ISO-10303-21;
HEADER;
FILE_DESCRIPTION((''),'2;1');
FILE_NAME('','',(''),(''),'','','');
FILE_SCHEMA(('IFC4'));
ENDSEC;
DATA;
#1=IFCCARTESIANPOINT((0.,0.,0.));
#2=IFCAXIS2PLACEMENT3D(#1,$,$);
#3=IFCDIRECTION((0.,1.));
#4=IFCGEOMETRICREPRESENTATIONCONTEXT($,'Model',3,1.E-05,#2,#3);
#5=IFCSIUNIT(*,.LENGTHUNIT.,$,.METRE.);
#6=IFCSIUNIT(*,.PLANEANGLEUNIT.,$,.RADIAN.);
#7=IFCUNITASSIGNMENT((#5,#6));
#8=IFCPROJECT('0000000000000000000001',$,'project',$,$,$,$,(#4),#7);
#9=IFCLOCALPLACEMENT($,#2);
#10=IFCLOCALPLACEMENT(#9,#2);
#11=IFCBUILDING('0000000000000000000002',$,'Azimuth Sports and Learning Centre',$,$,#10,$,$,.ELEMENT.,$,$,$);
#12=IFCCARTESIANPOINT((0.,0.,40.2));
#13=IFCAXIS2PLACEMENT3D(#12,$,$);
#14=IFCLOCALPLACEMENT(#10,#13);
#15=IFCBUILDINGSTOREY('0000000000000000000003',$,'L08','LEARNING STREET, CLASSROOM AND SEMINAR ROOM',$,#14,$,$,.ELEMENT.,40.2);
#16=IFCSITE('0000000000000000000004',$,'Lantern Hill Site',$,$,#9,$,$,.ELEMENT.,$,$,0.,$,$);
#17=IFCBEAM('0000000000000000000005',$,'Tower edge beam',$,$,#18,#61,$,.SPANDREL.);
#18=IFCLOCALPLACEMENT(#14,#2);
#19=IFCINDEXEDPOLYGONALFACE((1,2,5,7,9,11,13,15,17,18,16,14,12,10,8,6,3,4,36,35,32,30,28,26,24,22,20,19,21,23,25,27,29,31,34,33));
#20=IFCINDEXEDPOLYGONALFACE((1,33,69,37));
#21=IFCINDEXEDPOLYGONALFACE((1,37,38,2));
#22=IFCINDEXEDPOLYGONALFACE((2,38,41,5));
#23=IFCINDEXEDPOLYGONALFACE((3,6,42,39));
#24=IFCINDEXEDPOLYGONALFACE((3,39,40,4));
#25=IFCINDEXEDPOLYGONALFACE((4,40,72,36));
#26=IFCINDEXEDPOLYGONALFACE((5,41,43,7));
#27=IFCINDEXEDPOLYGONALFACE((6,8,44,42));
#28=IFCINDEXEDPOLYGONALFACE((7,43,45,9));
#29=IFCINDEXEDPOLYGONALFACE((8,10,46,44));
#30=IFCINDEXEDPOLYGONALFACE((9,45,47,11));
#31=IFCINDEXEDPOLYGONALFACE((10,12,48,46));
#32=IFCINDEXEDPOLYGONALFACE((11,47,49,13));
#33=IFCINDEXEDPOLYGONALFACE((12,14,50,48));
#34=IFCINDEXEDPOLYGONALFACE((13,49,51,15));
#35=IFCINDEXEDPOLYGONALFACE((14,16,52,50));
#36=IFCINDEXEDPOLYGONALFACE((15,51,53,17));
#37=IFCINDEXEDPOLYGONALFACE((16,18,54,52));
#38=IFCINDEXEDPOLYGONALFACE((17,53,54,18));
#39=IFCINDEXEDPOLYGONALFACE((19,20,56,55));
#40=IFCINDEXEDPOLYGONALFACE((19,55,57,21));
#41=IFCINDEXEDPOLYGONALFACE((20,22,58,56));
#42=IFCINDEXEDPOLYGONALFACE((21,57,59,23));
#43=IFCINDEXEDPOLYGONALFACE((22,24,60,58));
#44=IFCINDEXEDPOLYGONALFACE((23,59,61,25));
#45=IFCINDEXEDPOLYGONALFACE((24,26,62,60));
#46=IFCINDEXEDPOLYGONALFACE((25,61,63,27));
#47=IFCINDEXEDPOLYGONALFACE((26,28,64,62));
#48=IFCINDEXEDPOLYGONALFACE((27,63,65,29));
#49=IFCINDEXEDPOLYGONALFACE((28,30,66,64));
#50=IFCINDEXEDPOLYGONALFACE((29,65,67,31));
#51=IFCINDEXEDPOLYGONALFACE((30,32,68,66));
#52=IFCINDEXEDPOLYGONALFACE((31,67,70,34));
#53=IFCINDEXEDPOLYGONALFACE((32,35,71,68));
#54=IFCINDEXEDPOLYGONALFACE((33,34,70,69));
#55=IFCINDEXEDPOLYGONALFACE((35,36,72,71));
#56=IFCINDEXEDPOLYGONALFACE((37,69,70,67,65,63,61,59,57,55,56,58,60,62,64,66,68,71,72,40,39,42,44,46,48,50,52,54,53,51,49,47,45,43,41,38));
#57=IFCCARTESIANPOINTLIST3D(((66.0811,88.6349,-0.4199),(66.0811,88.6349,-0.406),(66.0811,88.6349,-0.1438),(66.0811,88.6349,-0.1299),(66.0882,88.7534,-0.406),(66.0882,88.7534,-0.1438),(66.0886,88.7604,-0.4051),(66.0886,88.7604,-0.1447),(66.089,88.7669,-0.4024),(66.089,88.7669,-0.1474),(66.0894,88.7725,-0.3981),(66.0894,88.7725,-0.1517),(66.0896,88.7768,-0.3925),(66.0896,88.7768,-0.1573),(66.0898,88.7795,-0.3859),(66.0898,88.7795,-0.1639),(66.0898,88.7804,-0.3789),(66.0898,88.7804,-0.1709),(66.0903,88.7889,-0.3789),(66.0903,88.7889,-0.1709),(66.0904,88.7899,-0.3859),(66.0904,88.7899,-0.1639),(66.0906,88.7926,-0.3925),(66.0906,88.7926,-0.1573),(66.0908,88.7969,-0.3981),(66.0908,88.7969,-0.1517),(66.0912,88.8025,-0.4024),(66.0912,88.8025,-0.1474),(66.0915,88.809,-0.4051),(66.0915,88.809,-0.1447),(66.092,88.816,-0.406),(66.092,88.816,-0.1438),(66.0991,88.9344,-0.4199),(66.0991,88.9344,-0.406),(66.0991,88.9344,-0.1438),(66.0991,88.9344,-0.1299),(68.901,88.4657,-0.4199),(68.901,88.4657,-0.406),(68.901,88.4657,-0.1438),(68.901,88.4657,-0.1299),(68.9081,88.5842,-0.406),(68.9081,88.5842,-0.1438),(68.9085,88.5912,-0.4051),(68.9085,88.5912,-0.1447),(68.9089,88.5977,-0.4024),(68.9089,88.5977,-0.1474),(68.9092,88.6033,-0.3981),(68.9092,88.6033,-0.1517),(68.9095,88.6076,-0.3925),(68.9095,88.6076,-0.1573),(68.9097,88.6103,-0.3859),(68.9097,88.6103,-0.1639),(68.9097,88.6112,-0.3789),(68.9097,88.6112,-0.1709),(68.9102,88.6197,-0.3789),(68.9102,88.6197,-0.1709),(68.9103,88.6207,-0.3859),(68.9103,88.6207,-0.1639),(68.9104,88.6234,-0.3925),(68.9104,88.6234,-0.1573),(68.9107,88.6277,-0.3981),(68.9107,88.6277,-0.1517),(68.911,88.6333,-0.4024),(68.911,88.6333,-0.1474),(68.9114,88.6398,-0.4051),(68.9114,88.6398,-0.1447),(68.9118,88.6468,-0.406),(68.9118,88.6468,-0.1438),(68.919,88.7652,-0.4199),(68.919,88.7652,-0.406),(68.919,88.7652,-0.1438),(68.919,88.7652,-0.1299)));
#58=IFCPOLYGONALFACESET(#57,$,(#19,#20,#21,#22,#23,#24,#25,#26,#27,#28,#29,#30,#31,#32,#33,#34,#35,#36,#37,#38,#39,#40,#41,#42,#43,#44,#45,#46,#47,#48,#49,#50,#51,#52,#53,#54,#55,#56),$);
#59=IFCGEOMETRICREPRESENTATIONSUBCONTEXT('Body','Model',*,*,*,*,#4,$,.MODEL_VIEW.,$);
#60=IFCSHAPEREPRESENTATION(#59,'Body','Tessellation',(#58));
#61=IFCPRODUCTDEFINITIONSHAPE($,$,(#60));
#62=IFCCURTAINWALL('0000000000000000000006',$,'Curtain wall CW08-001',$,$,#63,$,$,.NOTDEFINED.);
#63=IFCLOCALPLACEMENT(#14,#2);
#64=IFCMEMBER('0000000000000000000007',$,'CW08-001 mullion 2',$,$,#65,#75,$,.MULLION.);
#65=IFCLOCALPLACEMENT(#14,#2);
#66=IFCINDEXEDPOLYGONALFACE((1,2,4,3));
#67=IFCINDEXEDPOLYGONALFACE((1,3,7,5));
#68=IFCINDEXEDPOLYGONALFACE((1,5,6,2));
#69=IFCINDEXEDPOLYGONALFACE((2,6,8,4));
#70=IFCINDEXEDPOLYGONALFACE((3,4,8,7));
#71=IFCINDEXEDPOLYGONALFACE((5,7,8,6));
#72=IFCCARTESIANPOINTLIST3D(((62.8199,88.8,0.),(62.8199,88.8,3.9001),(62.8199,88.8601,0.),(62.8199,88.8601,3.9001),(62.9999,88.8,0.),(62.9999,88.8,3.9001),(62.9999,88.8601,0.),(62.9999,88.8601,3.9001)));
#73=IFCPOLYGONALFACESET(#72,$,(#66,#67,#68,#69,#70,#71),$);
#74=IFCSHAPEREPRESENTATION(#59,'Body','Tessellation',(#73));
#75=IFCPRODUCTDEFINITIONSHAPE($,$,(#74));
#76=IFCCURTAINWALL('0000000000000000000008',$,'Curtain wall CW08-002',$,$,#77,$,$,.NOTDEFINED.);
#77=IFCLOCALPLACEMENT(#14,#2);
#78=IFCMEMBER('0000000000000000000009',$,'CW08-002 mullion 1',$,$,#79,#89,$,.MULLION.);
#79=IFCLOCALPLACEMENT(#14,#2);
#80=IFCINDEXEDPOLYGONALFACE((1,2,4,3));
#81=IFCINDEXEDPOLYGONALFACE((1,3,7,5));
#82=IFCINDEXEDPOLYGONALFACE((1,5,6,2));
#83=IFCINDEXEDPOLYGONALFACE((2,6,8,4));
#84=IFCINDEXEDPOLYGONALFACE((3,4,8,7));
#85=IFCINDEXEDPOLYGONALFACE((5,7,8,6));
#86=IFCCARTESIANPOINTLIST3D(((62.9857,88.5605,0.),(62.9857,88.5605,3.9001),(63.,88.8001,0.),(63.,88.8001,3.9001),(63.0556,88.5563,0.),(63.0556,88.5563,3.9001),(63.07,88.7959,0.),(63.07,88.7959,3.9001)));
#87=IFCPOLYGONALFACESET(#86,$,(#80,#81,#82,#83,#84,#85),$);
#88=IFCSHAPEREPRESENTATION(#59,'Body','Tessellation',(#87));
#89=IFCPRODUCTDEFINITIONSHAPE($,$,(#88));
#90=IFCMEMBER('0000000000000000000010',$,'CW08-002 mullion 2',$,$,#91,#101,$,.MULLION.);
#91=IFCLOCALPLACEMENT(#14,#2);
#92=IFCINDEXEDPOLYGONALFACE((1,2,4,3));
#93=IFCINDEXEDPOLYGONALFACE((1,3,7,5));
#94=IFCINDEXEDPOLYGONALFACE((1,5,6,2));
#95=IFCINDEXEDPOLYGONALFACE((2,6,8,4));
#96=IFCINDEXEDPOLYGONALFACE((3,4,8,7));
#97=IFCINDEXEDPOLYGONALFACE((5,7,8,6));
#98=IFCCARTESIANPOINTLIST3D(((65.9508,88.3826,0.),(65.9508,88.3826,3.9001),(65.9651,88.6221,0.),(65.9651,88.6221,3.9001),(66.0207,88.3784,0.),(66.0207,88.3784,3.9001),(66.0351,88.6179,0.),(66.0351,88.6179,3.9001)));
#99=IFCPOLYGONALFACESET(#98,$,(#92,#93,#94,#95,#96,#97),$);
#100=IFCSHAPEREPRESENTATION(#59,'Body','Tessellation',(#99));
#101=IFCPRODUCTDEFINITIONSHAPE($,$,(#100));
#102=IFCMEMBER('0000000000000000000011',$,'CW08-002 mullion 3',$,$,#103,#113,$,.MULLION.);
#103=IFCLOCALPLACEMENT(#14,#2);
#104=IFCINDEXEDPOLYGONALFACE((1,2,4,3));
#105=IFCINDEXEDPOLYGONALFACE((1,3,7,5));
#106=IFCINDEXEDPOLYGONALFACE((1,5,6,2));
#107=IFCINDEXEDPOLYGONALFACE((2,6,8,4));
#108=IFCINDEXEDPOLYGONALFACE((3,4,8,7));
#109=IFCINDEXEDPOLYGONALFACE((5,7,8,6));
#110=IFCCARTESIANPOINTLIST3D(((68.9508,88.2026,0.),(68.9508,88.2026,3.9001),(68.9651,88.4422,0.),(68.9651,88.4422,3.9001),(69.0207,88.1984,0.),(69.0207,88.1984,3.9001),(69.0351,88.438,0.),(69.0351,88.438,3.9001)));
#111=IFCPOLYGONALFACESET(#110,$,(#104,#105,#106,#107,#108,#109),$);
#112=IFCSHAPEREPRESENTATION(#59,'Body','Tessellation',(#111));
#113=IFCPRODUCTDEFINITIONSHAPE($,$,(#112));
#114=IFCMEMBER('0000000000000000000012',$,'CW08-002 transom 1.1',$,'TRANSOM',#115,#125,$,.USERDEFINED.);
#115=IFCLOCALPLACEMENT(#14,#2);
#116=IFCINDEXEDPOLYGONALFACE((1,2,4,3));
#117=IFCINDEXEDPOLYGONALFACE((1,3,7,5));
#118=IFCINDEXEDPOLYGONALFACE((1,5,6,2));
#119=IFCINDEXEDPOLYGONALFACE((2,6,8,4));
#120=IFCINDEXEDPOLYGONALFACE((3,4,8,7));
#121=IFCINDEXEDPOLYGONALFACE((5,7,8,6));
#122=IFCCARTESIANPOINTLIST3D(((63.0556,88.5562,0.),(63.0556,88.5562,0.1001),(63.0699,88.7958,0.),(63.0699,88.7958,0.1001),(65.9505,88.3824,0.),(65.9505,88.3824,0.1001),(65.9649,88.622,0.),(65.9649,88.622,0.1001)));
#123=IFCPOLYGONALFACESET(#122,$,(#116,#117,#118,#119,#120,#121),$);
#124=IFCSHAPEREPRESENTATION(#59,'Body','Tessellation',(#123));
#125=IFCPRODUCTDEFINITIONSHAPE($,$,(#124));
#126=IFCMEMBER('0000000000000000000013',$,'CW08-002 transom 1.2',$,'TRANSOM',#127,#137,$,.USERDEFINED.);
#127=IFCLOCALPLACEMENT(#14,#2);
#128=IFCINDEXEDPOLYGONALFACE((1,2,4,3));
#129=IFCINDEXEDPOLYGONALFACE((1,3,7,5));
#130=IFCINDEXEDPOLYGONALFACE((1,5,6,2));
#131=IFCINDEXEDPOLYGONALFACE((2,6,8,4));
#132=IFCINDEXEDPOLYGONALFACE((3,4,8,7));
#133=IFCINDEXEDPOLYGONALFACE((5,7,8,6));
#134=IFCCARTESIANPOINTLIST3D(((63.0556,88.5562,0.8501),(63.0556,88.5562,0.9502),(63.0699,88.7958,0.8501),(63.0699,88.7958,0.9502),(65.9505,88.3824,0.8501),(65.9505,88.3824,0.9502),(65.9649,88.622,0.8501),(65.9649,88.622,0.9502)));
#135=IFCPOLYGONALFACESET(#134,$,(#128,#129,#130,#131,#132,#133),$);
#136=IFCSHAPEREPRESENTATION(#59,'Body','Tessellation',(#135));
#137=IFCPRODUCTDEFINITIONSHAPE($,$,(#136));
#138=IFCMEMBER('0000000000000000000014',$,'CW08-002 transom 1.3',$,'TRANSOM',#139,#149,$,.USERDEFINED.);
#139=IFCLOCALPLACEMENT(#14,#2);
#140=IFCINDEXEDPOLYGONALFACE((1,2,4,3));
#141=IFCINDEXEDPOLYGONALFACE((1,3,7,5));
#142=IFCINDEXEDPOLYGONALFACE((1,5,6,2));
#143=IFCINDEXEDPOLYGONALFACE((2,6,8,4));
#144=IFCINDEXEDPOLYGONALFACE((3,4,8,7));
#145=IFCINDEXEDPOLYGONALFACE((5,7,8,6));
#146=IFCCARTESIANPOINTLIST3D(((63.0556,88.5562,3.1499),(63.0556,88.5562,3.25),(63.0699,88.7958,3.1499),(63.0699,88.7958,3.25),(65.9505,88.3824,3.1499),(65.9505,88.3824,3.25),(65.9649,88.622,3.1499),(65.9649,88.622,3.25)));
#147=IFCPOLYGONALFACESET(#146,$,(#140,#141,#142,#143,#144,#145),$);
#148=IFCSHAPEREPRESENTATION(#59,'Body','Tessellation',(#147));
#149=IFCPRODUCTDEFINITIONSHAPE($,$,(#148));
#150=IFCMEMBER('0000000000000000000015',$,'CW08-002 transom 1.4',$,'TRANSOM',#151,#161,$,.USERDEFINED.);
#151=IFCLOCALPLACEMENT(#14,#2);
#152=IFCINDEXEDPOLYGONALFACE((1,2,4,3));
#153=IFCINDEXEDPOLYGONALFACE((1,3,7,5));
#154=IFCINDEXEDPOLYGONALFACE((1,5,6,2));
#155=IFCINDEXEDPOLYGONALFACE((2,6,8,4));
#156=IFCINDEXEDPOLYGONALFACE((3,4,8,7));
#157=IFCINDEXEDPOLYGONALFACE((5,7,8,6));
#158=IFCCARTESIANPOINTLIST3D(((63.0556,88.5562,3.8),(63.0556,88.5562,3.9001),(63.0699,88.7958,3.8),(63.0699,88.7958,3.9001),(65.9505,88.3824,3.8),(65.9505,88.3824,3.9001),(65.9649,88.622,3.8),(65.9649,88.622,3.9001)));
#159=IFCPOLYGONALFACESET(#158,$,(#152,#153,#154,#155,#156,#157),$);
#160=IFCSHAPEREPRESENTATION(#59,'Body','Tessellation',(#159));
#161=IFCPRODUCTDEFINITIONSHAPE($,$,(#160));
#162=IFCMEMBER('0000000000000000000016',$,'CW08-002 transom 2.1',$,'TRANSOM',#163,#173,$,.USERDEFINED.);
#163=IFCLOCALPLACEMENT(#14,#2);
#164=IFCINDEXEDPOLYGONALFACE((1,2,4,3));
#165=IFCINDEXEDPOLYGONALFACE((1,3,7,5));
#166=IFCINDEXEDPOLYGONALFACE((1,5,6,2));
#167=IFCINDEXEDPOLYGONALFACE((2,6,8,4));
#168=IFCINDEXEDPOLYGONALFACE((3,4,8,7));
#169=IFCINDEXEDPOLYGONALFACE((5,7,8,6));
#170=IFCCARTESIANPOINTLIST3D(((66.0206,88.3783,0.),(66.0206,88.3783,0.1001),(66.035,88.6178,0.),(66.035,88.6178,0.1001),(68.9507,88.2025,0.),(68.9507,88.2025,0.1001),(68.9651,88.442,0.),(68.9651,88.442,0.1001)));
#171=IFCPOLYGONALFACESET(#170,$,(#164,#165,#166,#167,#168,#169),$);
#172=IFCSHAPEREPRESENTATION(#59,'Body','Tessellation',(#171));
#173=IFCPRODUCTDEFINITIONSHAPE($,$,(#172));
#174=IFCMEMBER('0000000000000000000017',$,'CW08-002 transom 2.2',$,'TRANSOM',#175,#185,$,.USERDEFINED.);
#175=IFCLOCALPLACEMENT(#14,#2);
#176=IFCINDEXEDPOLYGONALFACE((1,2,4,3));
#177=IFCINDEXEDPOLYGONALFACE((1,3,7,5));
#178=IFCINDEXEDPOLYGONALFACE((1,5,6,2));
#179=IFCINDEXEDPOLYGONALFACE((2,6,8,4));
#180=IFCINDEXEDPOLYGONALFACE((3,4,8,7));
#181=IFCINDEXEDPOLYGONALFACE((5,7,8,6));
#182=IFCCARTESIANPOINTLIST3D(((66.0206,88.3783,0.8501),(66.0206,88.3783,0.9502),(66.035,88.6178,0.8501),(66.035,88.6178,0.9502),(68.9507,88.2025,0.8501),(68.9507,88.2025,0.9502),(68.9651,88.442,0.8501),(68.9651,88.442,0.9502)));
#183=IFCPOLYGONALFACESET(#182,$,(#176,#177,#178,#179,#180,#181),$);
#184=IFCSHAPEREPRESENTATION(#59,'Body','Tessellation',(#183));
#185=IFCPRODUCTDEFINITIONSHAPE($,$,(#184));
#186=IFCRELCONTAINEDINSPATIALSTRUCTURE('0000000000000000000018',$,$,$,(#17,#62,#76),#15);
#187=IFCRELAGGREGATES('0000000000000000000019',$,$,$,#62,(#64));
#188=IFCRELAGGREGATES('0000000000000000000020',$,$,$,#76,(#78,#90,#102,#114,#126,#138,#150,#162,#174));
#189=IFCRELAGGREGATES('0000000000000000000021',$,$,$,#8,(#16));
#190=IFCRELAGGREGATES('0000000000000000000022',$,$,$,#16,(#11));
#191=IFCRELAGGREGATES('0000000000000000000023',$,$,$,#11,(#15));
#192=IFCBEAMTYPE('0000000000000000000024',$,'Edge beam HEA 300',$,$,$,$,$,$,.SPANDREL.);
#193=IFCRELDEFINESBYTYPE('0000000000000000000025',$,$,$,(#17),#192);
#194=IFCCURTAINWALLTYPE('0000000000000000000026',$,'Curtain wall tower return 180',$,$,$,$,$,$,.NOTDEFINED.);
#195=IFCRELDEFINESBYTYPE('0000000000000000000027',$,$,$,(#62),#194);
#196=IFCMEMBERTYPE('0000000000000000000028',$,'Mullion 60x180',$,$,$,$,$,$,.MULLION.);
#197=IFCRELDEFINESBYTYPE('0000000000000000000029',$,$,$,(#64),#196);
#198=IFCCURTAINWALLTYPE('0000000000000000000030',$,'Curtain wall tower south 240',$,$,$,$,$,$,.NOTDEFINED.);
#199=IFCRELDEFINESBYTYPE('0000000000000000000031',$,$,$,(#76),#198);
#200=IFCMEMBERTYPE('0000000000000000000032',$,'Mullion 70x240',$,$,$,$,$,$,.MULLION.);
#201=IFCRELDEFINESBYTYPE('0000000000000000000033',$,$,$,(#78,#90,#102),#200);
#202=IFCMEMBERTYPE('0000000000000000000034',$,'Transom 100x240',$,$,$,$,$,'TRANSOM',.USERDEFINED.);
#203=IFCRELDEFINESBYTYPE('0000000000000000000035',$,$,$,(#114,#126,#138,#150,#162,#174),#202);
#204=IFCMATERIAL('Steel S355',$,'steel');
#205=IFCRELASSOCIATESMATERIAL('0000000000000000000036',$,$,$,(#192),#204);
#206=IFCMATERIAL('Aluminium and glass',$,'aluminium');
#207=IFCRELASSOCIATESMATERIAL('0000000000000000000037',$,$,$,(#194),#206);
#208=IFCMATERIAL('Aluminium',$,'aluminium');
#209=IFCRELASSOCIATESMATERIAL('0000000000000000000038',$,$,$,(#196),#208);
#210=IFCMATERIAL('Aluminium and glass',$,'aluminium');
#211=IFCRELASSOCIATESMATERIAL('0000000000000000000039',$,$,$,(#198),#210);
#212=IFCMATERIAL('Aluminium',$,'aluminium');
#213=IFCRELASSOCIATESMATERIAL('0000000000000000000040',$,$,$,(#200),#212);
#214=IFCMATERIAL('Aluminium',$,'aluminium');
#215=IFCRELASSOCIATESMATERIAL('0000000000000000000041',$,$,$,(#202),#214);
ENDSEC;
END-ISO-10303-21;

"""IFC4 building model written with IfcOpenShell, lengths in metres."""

from ifc_helpers import new_model, si_unit, direction, frame, origin, origin_2d, place, context, subcontext, project, spatial, rectangle, i_section, extrude, material, material_profile, profile_set, type_object, element, aggregate, save


model = new_model("IFC4")

# Units and contexts
model_context = context("Model", 3, precision=1e-05, world=origin(), true_north=direction((0.0, 1.0)))
body_context = subcontext(model_context, "Body", "Model", "MODEL_VIEW")
ifc_project = project(units=[si_unit("LENGTHUNIT", "METRE"), si_unit("PLANEANGLEUNIT", "RADIAN")], contexts=[model_context])

# Site, building, storey
site_placement = place(None, origin())
site = spatial("IfcSite", under=ifc_project, at=site_placement, Name="Lantern Hill Site", CompositionType="ELEMENT", RefElevation=0.0)
building_placement = place(site_placement, origin())
building = spatial("IfcBuilding", under=site, at=building_placement, Name="Azimuth Sports and Learning Centre", CompositionType="ELEMENT")
storey_placement = place(building_placement, frame((0.0, 0.0, 40.2)))
storey = spatial("IfcBuildingStorey", under=building, at=storey_placement, Name="L08", Description="LEARNING STREET, CLASSROOM AND SEMINAR ROOM", CompositionType="ELEMENT", Elevation=40.2)

# Beam
ifc_material_1 = material(Name="Steel S355", Category="steel")
ifc_material_profile_1 = material_profile(ifc_material_1, i_section(OverallWidth=0.3, OverallDepth=0.29, WebThickness=0.0085, FlangeThickness=0.0139, FilletRadius=0.0271, at=origin_2d()), Name="HEA 300")
ifc_profile_set_1 = profile_set([ifc_material_profile_1], Name="Steel S355")
beam_type = type_object("IfcBeamType", Name="Edge beam HEA 300", PredefinedType="SPANDREL", material=ifc_profile_set_1)
beam_placement = place(storey_placement, frame((66.0901, 88.7847, -0.2749), z_axis=(0.998205, -0.059892, 0.0), x_axis=(0.059892, 0.998205, 0.0)))
element("IfcBeam", 1, at=beam_placement, inside=storey, type_object=beam_type, Name="Tower edge beam", PredefinedType="SPANDREL", context=body_context, shape_type="SweptSolid", body=[
    extrude(i_section(OverallWidth=0.3, OverallDepth=0.29, WebThickness=0.0085, FlangeThickness=0.0139, FilletRadius=0.0271, at=origin_2d()), origin(), (0.0, 0.0, 1.0), 2.825),
])

# Curtain wall, member
ifc_material_2 = material(Name="Aluminium and glass", Category="aluminium")
curtain_wall_type_1 = type_object("IfcCurtainWallType", Name="Curtain wall tower return 180", PredefinedType="NOTDEFINED", material=ifc_material_2)
curtain_wall_1_placement = place(storey_placement, origin())
curtain_wall_1 = element("IfcCurtainWall", 2, at=curtain_wall_1_placement, inside=storey, type_object=curtain_wall_type_1, Name="Curtain wall CW08-001", PredefinedType="NOTDEFINED")
ifc_material_3 = material(Name="Aluminium", Category="aluminium")
ifc_material_profile_2 = material_profile(ifc_material_3, rectangle(XDim=0.1799, YDim=0.0601, at=origin_2d()), Name="Mullion 60x180")
ifc_profile_set_2 = profile_set([ifc_material_profile_2], Name="Aluminium")
member_type_1 = type_object("IfcMemberType", Name="Mullion 60x180", PredefinedType="MULLION", material=ifc_profile_set_2)
member_1_placement = place(storey_placement, frame((62.9099, 88.8301, 0.0), z_axis=(0.0, 0.0, 1.0), x_axis=(1.0, 0.0, 0.0)))
member_1 = element("IfcMember", 3, at=member_1_placement, type_object=member_type_1, Name="CW08-001 mullion 2", PredefinedType="MULLION", context=body_context, shape_type="SweptSolid", body=[
    extrude(rectangle(XDim=0.1799, YDim=0.0601, at=origin_2d()), origin(), (0.0, 0.0, 1.0), 3.9001),
])
aggregate(curtain_wall_1, [member_1])

# Curtain wall, members
ifc_material_4 = material(Name="Aluminium and glass", Category="aluminium")
curtain_wall_type_2 = type_object("IfcCurtainWallType", Name="Curtain wall tower south 240", PredefinedType="NOTDEFINED", material=ifc_material_4)
curtain_wall_2_placement = place(storey_placement, origin())
curtain_wall_2 = element("IfcCurtainWall", 4, at=curtain_wall_2_placement, inside=storey, type_object=curtain_wall_type_2, Name="Curtain wall CW08-002", PredefinedType="NOTDEFINED")
ifc_material_5 = material(Name="Aluminium", Category="aluminium")
ifc_material_profile_3 = material_profile(ifc_material_5, rectangle(XDim=0.24, YDim=0.0701, at=origin_2d()), Name="Mullion 70x240")
ifc_profile_set_3 = profile_set([ifc_material_profile_3], Name="Aluminium")
member_type_2 = type_object("IfcMemberType", Name="Mullion 70x240", PredefinedType="MULLION", material=ifc_profile_set_3)
member_2_placement = place(storey_placement, frame((63.0278, 88.6782, 0.0), z_axis=(0.0, 0.0, 1.0), x_axis=(0.059892, 0.998205, 0.0)))
member_2 = element("IfcMember", 5, at=member_2_placement, type_object=member_type_2, Name="CW08-002 mullion 1", PredefinedType="MULLION", context=body_context, shape_type="SweptSolid", body=[
    extrude(rectangle(XDim=0.24, YDim=0.0701, at=origin_2d()), origin(), (0.0, 0.0, 1.0), 3.9001),
])
member_3_placement = place(storey_placement, frame((65.9929, 88.5002, 0.0), z_axis=(0.0, 0.0, 1.0), x_axis=(0.059892, 0.998205, 0.0)))
member_3 = element("IfcMember", 6, at=member_3_placement, type_object=member_type_2, Name="CW08-002 mullion 2", PredefinedType="MULLION", context=body_context, shape_type="SweptSolid", body=[
    extrude(rectangle(XDim=0.24, YDim=0.0701, at=origin_2d()), origin(), (0.0, 0.0, 1.0), 3.9001),
])
member_4_placement = place(storey_placement, frame((68.9929, 88.3203, 0.0), z_axis=(0.0, 0.0, 1.0), x_axis=(0.059892, 0.998205, 0.0)))
member_4 = element("IfcMember", 7, at=member_4_placement, type_object=member_type_2, Name="CW08-002 mullion 3", PredefinedType="MULLION", context=body_context, shape_type="SweptSolid", body=[
    extrude(rectangle(XDim=0.24, YDim=0.0701, at=origin_2d()), origin(), (0.0, 0.0, 1.0), 3.9001),
])
ifc_material_6 = material(Name="Aluminium", Category="aluminium")
ifc_material_profile_4 = material_profile(ifc_material_6, rectangle(XDim=0.24, YDim=0.1001, at=origin_2d()), Name="Transom 100x240")
ifc_profile_set_4 = profile_set([ifc_material_profile_4], Name="Aluminium")
member_type_3 = type_object("IfcMemberType", Name="Transom 100x240", ElementType="TRANSOM", PredefinedType="USERDEFINED", material=ifc_profile_set_4)
member_5_placement = place(storey_placement, frame((63.0627, 88.676, 0.05), z_axis=(0.998202, -0.059936, 0.0), x_axis=(0.059936, 0.998202, 0.0)))
member_5 = element("IfcMember", 8, at=member_5_placement, type_object=member_type_3, Name="CW08-002 transom 1.1", ObjectType="TRANSOM", PredefinedType="USERDEFINED", context=body_context, shape_type="SweptSolid", body=[
    extrude(rectangle(XDim=0.24, YDim=0.1001, at=origin_2d()), origin(), (0.0, 0.0, 1.0), 2.9001),
])
member_6_placement = place(storey_placement, frame((63.0627, 88.676, 0.9001), z_axis=(0.998202, -0.059936, 0.0), x_axis=(0.059936, 0.998202, 0.0)))
member_6 = element("IfcMember", 9, at=member_6_placement, type_object=member_type_3, Name="CW08-002 transom 1.2", ObjectType="TRANSOM", PredefinedType="USERDEFINED", context=body_context, shape_type="SweptSolid", body=[
    extrude(rectangle(XDim=0.24, YDim=0.1001, at=origin_2d()), origin(), (0.0, 0.0, 1.0), 2.9001),
])
member_7_placement = place(storey_placement, frame((63.0627, 88.676, 3.2), z_axis=(0.998202, -0.059936, 0.0), x_axis=(0.059936, 0.998202, 0.0)))
member_7 = element("IfcMember", 10, at=member_7_placement, type_object=member_type_3, Name="CW08-002 transom 1.3", ObjectType="TRANSOM", PredefinedType="USERDEFINED", context=body_context, shape_type="SweptSolid", body=[
    extrude(rectangle(XDim=0.24, YDim=0.1001, at=origin_2d()), origin(), (0.0, 0.0, 1.0), 2.9001),
])
member_8_placement = place(storey_placement, frame((63.0627, 88.676, 3.8501), z_axis=(0.998202, -0.059936, 0.0), x_axis=(0.059936, 0.998202, 0.0)))
member_8 = element("IfcMember", 11, at=member_8_placement, type_object=member_type_3, Name="CW08-002 transom 1.4", ObjectType="TRANSOM", PredefinedType="USERDEFINED", context=body_context, shape_type="SweptSolid", body=[
    extrude(rectangle(XDim=0.24, YDim=0.1001, at=origin_2d()), origin(), (0.0, 0.0, 1.0), 2.9001),
])
member_9_placement = place(storey_placement, frame((66.0278, 88.498, 0.05), z_axis=(0.998205, -0.059887, 0.0), x_axis=(0.059887, 0.998205, 0.0)))
member_9 = element("IfcMember", 12, at=member_9_placement, type_object=member_type_3, Name="CW08-002 transom 2.1", ObjectType="TRANSOM", PredefinedType="USERDEFINED", context=body_context, shape_type="SweptSolid", body=[
    extrude(rectangle(XDim=0.24, YDim=0.1001, at=origin_2d()), origin(), (0.0, 0.0, 1.0), 2.9353),
])
member_10_placement = place(storey_placement, frame((66.0278, 88.498, 0.9001), z_axis=(0.998205, -0.059887, 0.0), x_axis=(0.059887, 0.998205, 0.0)))
member_10 = element("IfcMember", 13, at=member_10_placement, type_object=member_type_3, Name="CW08-002 transom 2.2", ObjectType="TRANSOM", PredefinedType="USERDEFINED", context=body_context, shape_type="SweptSolid", body=[
    extrude(rectangle(XDim=0.24, YDim=0.1001, at=origin_2d()), origin(), (0.0, 0.0, 1.0), 2.9353),
])
aggregate(curtain_wall_2, [member_2, member_3, member_4, member_5, member_6, member_7, member_8, member_9, member_10])

save(model, "model.ifc")
